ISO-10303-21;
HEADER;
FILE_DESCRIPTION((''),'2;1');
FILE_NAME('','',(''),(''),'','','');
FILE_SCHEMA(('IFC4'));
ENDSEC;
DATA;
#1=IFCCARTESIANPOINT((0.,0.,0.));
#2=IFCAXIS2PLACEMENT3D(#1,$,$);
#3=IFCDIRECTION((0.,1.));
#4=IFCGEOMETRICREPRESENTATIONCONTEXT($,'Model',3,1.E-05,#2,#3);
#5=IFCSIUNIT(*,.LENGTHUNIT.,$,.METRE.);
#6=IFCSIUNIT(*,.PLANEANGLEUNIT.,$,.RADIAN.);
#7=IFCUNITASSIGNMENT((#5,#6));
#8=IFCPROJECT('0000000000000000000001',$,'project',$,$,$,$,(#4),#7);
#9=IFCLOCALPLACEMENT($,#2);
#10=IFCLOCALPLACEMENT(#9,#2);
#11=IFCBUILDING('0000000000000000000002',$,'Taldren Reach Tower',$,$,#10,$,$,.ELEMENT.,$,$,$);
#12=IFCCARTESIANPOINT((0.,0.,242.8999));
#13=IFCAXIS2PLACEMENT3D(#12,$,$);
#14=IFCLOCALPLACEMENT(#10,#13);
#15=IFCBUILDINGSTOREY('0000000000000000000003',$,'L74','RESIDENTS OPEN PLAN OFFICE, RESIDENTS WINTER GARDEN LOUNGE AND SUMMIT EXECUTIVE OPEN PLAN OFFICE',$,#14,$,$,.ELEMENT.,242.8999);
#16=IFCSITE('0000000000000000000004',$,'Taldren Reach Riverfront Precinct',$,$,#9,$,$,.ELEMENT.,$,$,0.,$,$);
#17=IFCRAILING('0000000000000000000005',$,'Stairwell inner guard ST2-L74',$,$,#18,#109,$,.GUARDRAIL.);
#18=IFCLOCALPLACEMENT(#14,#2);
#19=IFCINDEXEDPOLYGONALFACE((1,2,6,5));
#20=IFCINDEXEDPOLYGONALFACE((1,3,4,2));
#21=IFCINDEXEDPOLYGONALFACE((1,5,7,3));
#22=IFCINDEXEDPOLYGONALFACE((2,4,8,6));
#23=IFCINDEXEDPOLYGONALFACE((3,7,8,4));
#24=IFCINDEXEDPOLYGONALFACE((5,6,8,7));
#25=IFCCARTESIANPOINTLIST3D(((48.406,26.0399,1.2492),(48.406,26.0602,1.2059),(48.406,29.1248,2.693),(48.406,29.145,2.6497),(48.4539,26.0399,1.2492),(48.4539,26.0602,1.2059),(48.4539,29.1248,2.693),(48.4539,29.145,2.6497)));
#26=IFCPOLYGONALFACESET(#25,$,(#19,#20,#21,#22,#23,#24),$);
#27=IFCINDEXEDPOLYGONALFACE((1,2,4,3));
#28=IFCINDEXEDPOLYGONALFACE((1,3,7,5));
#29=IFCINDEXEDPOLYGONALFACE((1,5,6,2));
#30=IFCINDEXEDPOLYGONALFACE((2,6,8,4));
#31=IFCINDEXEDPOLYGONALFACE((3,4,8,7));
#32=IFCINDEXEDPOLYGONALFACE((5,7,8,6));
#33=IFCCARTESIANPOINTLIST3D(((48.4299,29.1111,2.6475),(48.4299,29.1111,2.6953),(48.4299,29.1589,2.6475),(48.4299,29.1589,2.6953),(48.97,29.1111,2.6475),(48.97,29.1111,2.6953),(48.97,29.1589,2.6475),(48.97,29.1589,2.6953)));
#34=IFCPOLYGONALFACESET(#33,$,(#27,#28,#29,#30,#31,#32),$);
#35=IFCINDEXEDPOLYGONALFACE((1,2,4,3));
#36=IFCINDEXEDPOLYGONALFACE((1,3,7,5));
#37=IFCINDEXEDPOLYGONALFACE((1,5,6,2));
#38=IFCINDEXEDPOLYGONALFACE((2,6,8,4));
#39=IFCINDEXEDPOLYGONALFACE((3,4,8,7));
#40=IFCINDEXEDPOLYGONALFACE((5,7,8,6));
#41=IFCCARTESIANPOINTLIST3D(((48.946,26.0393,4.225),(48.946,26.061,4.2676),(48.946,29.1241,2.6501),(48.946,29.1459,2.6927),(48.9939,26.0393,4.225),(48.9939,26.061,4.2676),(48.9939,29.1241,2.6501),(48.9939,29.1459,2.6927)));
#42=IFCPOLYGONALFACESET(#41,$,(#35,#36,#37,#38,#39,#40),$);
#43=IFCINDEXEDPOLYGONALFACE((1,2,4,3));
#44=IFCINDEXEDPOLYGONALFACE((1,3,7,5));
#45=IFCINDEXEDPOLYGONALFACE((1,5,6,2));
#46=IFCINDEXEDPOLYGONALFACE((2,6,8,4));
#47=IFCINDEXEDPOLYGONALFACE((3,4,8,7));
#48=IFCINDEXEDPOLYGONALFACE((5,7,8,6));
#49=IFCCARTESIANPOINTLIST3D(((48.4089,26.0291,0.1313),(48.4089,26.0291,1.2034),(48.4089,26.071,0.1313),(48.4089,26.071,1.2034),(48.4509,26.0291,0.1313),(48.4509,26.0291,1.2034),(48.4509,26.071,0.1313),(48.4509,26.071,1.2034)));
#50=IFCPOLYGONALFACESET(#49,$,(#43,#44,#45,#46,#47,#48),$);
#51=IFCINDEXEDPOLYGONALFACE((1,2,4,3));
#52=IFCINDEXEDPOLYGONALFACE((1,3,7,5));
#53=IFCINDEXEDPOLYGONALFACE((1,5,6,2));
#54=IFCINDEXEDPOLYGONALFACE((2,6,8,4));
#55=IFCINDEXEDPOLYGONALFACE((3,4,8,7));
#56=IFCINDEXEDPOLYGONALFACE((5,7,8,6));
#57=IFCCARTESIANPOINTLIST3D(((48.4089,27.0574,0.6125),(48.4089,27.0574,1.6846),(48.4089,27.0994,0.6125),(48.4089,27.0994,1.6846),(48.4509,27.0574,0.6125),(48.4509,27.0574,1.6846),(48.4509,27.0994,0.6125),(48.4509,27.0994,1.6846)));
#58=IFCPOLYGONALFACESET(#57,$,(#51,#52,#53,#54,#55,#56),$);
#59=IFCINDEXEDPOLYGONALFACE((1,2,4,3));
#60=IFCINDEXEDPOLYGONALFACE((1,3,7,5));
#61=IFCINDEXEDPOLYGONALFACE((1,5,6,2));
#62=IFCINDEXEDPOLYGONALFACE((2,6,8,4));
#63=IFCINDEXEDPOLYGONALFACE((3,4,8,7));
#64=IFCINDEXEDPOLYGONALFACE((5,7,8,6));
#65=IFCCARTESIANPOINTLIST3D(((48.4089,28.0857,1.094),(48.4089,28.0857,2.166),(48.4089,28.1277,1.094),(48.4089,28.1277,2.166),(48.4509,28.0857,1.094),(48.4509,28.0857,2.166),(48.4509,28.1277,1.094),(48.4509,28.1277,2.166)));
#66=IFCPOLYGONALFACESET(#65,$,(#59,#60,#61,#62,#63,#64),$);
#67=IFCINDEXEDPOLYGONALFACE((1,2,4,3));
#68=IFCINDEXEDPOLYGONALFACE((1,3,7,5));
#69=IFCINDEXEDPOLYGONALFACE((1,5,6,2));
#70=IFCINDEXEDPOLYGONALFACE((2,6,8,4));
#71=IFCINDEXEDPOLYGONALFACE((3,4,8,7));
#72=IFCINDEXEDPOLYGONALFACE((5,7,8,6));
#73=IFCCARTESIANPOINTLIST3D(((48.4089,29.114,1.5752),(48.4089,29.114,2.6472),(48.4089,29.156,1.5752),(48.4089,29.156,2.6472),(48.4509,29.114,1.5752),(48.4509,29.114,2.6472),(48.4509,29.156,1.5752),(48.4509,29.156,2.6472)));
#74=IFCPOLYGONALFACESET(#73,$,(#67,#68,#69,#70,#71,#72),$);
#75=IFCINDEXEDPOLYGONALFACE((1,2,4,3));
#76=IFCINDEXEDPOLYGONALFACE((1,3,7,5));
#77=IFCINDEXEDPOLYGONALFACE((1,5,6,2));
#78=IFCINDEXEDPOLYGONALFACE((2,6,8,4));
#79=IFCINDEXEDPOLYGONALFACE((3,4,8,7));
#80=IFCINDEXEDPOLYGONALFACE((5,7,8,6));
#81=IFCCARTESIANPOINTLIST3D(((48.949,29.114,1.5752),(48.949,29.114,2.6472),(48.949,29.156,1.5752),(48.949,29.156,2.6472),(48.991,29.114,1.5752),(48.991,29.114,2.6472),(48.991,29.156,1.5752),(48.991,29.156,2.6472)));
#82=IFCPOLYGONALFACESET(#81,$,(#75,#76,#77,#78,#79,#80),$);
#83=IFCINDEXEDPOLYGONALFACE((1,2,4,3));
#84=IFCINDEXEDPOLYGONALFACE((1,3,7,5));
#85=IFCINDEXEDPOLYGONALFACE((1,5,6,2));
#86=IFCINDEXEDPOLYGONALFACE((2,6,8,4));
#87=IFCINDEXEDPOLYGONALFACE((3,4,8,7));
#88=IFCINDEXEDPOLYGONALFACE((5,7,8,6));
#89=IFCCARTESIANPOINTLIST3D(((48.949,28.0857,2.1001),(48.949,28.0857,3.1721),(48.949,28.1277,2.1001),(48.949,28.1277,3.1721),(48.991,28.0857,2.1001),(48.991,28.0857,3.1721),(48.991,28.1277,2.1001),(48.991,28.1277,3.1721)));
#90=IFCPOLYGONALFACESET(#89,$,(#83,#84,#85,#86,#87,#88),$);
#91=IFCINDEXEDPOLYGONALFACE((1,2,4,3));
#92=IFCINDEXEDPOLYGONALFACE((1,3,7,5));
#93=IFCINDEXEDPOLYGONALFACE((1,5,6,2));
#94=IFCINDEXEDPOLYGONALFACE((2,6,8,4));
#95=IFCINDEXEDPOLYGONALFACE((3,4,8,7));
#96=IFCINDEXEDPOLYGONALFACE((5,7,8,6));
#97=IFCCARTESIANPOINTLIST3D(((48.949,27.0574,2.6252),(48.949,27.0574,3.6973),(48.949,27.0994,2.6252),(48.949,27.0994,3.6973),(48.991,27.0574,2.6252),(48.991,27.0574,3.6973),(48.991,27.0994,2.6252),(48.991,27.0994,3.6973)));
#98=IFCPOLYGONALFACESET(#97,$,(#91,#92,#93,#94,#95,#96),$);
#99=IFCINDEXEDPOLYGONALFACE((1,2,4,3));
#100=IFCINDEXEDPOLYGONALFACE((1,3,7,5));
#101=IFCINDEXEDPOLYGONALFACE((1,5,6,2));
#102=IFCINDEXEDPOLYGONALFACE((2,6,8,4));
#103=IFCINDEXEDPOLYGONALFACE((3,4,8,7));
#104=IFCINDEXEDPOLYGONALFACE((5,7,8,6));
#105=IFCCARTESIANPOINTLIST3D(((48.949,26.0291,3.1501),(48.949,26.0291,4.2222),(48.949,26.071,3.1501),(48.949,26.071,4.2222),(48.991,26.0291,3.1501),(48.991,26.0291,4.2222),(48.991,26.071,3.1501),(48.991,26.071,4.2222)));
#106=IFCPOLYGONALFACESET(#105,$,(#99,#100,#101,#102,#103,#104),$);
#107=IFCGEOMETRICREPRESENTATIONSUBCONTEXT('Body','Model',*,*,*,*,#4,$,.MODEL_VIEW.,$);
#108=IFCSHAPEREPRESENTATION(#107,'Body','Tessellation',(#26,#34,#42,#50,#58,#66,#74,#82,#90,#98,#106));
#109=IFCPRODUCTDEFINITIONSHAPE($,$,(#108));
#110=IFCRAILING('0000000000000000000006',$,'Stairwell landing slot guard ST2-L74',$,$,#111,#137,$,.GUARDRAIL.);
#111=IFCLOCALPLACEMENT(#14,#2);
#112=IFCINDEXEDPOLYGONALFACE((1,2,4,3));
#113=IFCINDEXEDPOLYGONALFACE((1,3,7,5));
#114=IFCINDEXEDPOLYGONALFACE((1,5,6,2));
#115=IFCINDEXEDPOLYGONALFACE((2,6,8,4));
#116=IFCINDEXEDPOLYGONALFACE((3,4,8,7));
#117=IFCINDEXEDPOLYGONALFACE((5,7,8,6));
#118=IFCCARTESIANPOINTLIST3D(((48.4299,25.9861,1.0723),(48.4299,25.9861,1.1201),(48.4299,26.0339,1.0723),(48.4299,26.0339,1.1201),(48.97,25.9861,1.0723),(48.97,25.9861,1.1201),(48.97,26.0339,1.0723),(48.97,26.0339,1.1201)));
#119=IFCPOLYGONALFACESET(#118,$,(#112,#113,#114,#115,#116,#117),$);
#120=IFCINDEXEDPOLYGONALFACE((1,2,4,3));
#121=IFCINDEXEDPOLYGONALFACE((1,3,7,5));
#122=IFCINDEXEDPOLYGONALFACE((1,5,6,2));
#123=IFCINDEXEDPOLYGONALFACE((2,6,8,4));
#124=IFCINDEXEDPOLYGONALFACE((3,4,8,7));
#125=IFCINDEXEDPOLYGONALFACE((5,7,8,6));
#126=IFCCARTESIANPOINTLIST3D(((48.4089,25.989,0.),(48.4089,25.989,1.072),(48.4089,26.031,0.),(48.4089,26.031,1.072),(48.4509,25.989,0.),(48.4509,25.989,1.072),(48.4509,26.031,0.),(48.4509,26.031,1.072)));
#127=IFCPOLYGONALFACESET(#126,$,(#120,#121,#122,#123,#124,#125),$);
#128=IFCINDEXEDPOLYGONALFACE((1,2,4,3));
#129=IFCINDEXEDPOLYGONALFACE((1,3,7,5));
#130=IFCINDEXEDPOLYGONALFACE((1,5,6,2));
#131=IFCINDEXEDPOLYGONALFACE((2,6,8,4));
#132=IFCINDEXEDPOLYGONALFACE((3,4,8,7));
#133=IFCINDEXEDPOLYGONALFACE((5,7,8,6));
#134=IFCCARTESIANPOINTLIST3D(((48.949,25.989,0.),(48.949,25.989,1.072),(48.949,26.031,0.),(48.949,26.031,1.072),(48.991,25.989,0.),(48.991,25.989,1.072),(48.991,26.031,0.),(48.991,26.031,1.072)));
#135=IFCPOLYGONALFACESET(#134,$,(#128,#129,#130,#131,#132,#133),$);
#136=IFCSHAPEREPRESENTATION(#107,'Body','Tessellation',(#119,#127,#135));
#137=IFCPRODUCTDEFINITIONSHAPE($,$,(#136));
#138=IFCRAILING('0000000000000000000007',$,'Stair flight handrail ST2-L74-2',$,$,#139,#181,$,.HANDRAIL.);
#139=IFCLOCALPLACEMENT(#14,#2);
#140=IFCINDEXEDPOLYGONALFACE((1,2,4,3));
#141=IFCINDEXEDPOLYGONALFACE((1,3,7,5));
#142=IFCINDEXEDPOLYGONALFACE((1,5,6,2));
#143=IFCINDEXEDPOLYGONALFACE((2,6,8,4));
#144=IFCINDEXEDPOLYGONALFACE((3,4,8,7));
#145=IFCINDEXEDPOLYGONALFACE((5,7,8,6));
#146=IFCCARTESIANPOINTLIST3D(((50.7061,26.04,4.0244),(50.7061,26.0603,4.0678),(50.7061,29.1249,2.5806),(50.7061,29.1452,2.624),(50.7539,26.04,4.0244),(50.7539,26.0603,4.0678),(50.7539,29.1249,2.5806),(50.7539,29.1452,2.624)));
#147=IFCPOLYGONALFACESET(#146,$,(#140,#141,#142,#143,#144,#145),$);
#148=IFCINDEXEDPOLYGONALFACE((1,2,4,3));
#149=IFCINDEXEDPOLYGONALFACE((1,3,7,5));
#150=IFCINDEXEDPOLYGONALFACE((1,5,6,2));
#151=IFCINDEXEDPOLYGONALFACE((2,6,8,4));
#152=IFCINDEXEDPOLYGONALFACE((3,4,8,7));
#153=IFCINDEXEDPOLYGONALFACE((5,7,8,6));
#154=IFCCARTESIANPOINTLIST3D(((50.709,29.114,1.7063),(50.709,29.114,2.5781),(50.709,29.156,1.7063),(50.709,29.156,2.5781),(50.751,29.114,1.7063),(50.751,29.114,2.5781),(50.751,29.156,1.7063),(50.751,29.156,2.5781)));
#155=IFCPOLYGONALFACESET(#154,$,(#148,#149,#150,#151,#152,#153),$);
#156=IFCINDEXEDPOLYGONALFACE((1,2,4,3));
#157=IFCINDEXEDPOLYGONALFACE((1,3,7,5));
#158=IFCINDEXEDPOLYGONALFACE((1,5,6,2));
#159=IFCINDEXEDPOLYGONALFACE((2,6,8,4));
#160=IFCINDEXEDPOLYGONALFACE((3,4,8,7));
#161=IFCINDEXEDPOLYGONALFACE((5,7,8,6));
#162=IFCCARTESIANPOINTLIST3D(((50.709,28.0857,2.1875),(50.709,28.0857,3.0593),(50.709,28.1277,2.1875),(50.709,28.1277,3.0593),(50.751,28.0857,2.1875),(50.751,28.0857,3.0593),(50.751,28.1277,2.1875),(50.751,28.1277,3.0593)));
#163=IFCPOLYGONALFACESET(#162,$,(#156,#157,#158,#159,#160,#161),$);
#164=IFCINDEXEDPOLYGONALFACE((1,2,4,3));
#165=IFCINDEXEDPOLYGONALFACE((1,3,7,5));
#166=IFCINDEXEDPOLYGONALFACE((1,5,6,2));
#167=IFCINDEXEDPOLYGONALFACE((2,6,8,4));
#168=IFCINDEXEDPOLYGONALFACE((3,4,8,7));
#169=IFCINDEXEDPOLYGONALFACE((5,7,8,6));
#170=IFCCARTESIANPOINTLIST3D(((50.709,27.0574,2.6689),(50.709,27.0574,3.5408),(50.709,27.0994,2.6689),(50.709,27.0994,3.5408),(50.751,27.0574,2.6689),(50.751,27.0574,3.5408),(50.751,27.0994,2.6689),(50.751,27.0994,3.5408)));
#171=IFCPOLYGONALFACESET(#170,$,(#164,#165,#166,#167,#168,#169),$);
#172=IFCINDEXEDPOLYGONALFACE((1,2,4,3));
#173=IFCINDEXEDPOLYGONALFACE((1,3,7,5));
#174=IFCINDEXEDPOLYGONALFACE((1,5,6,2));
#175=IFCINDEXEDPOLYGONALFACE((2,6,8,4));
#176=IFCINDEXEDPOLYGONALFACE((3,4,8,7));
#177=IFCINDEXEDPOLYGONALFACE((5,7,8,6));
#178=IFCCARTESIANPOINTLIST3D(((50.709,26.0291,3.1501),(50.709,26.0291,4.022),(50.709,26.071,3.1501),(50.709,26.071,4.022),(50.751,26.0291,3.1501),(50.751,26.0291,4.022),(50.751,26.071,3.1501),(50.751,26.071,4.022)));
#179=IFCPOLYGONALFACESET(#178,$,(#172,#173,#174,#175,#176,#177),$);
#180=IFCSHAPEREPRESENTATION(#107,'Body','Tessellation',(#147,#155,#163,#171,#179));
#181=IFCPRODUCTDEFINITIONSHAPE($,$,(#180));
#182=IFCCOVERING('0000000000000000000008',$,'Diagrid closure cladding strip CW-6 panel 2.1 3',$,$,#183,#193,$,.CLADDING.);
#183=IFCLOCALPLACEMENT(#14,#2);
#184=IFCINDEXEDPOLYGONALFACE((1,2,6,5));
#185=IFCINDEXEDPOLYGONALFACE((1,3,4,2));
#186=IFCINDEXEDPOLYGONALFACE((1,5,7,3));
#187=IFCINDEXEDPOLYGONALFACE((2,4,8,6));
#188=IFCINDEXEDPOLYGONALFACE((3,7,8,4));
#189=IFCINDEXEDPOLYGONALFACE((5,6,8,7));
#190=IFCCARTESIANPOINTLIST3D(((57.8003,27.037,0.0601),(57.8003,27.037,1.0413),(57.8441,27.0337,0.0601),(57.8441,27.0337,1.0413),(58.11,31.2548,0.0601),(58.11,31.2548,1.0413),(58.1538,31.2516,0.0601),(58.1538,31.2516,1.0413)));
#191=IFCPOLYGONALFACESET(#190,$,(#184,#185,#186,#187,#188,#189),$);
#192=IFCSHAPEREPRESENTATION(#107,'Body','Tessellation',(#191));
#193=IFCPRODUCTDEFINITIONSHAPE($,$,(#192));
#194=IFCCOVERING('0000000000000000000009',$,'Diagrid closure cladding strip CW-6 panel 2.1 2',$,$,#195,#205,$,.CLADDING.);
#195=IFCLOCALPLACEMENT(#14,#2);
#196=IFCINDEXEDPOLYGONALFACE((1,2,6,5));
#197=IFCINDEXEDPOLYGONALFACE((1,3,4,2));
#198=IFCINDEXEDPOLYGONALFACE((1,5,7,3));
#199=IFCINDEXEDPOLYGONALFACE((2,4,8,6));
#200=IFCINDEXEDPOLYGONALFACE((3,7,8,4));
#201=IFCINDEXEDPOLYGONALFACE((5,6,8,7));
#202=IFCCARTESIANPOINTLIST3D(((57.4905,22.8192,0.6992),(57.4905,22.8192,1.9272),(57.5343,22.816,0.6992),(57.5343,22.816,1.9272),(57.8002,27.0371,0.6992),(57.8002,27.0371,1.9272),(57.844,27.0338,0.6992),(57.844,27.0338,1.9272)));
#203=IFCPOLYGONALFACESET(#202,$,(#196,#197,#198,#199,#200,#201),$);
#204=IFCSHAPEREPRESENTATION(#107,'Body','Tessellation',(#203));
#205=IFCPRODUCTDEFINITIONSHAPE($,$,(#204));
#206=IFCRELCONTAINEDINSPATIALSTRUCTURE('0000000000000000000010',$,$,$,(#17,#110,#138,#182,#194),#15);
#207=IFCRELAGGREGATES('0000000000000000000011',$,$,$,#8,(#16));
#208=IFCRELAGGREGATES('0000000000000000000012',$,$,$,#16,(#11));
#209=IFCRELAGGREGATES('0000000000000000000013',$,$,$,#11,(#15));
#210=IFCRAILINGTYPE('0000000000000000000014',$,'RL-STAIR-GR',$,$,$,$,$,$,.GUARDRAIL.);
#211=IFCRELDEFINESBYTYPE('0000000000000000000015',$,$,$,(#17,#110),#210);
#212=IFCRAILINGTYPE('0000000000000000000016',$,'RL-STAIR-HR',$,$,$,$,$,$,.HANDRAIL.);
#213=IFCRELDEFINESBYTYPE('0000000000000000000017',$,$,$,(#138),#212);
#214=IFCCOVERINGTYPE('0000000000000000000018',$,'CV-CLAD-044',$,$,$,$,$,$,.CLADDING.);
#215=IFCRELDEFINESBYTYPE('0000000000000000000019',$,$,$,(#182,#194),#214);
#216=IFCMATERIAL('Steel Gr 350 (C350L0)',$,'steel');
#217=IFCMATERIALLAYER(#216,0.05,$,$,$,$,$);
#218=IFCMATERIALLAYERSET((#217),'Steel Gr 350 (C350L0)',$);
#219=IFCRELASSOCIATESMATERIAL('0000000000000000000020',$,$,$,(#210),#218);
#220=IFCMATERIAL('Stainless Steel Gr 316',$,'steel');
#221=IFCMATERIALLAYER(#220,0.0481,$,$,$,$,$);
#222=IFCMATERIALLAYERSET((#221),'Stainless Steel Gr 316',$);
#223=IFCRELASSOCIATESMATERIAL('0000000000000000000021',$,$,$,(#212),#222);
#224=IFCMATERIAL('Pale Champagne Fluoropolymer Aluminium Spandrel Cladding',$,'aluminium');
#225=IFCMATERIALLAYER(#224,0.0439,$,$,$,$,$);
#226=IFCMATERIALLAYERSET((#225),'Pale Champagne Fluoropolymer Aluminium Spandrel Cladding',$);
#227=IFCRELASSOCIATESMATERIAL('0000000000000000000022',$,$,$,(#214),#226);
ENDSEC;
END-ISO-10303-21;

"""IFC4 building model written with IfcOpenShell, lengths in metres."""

from ifc_helpers import new_model, si_unit, direction, frame, origin, origin_2d, place, context, subcontext, project, spatial, rectangle, extrude, source, transform, mapped, material, layer, layer_set, type_object, element, save


model = new_model("IFC4")

# Units and contexts
model_context = context("Model", 3, precision=1e-05, world=origin(), true_north=direction((0.0, 1.0)))
body_context = subcontext(model_context, "Body", "Model", "MODEL_VIEW")
ifc_project = project(units=[si_unit("LENGTHUNIT", "METRE"), si_unit("PLANEANGLEUNIT", "RADIAN")], contexts=[model_context])

# Site, building, storey
site_placement = place(None, origin())
site = spatial("IfcSite", under=ifc_project, at=site_placement, Name="Taldren Reach Riverfront Precinct", CompositionType="ELEMENT", RefElevation=0.0)
building_placement = place(site_placement, origin())
building = spatial("IfcBuilding", under=site, at=building_placement, Name="Taldren Reach Tower", CompositionType="ELEMENT")
storey_placement = place(building_placement, frame((0.0, 0.0, 242.8999)))
storey = spatial("IfcBuildingStorey", under=building, at=storey_placement, Name="L74", Description="RESIDENTS OPEN PLAN OFFICE, RESIDENTS WINTER GARDEN LOUNGE AND SUMMIT EXECUTIVE OPEN PLAN OFFICE", CompositionType="ELEMENT", Elevation=242.8999)

# Shared definitions
ifc_material_1 = material(Name="Steel Gr 350 (C350L0)", Category="steel")

# Railings
ifc_layer_1 = layer(ifc_material_1, 0.05)
ifc_layer_set_1 = layer_set([ifc_layer_1], Name="Steel Gr 350 (C350L0)")
railing_type_1 = type_object("IfcRailingType", Name="RL-STAIR-GR", PredefinedType="GUARDRAIL", material=ifc_layer_set_1)
railing_1_placement = place(storey_placement, frame((48.4299, 26.05, 0.1313)))
element("IfcRailing", 1, at=railing_1_placement, inside=storey, type_object=railing_type_1, Name="Stairwell inner guard ST2-L74", PredefinedType="GUARDRAIL", context=body_context, shape_type="SweptSolid", body=[
    extrude(rectangle(XDim=0.0479, YDim=0.0479, at=origin_2d()), frame((0.0, 0.0, 1.0962), z_axis=(0.0, 0.90571, 0.423898), x_axis=(-1.0, 0.0, 0.0)), (0.0, 0.0, 1.0), 3.406),
    extrude(rectangle(XDim=0.0479, YDim=0.0479, at=origin_2d()), frame((0.0, 3.085, 2.54), z_axis=(1.0, 0.0, 0.0), x_axis=(0.0, 1.0, 0.0)), (0.0, 0.0, 1.0), 0.54),
    extrude(rectangle(XDim=0.0479, YDim=0.0479, at=origin_2d()), frame((0.54, 3.085, 2.54), z_axis=(0.0, -0.890646, 0.454697), x_axis=(1.0, 0.0, 0.0)), (0.0, 0.0, 1.0), 3.4636),
    extrude(rectangle(XDim=0.042, YDim=0.042, at=origin_2d()), origin(), (0.0, 0.0, 1.0), 1.072),
    extrude(rectangle(XDim=0.042, YDim=0.042, at=origin_2d()), frame((0.0, 1.0283, 0.4812)), (0.0, 0.0, 1.0), 1.072),
    extrude(rectangle(XDim=0.042, YDim=0.042, at=origin_2d()), frame((0.0, 2.0566, 0.9626)), (0.0, 0.0, 1.0), 1.072),
    extrude(rectangle(XDim=0.042, YDim=0.042, at=origin_2d()), frame((0.0, 3.085, 1.4438)), (0.0, 0.0, 1.0), 1.072),
    extrude(rectangle(XDim=0.042, YDim=0.042, at=origin_2d()), frame((0.54, 3.085, 1.4438)), (0.0, 0.0, 1.0), 1.072),
    extrude(rectangle(XDim=0.042, YDim=0.042, at=origin_2d()), frame((0.54, 2.0566, 1.9688)), (0.0, 0.0, 1.0), 1.072),
    extrude(rectangle(XDim=0.042, YDim=0.042, at=origin_2d()), frame((0.54, 1.0283, 2.4939)), (0.0, 0.0, 1.0), 1.072),
    extrude(rectangle(XDim=0.042, YDim=0.042, at=origin_2d()), frame((0.54, 0.0, 3.0188)), (0.0, 0.0, 1.0), 1.072),
])
railing_2_placement = place(storey_placement, frame((48.4299, 26.01, 0.0)))
element("IfcRailing", 2, at=railing_2_placement, inside=storey, type_object=railing_type_1, Name="Stairwell landing slot guard ST2-L74", PredefinedType="GUARDRAIL", context=body_context, shape_type="SweptSolid", body=[
    extrude(rectangle(XDim=0.0479, YDim=0.0479, at=origin_2d()), frame((0.0, 0.0, 1.0962), z_axis=(1.0, 0.0, 0.0), x_axis=(0.0, 1.0, 0.0)), (0.0, 0.0, 1.0), 0.54),
    extrude(rectangle(XDim=0.042, YDim=0.042, at=origin_2d()), origin(), (0.0, 0.0, 1.0), 1.072),
    extrude(rectangle(XDim=0.042, YDim=0.042, at=origin_2d()), frame((0.54, 0.0, 0.0)), (0.0, 0.0, 1.0), 1.072),
])
ifc_material_2 = material(Name="Stainless Steel Gr 316", Category="steel")
ifc_layer_2 = layer(ifc_material_2, 0.0481)
ifc_layer_set_2 = layer_set([ifc_layer_2], Name="Stainless Steel Gr 316")
railing_type_2 = type_object("IfcRailingType", Name="RL-STAIR-HR", PredefinedType="HANDRAIL", material=ifc_layer_set_2)
railing_3_placement = place(storey_placement, frame((50.73, 29.135, 1.7063)))
element("IfcRailing", 3, at=railing_3_placement, inside=storey, type_object=railing_type_2, Name="Stair flight handrail ST2-L74-2", PredefinedType="HANDRAIL", context=body_context, shape_type="SweptSolid", body=[
    extrude(rectangle(XDim=0.0479, YDim=0.0479, at=origin_2d()), frame((0.0, 0.0, 0.896), z_axis=(0.0, -0.90571, 0.423898), x_axis=(1.0, 0.0, 0.0)), (0.0, 0.0, 1.0), 3.406),
    extrude(rectangle(XDim=0.042, YDim=0.042, at=origin_2d()), origin(), (0.0, 0.0, 1.0), 0.8718),
    extrude(rectangle(XDim=0.042, YDim=0.042, at=origin_2d()), frame((0.0, -1.0283, 0.4812)), (0.0, 0.0, 1.0), 0.8718),
    extrude(rectangle(XDim=0.042, YDim=0.042, at=origin_2d()), frame((0.0, -2.0566, 0.9626)), (0.0, 0.0, 1.0), 0.8718),
    extrude(rectangle(XDim=0.042, YDim=0.042, at=origin_2d()), frame((0.0, -3.085, 1.4438)), (0.0, 0.0, 1.0), 0.8718),
])

# Coverings
ifc_material_3 = material(Name="Pale Champagne Fluoropolymer Aluminium Spandrel Cladding", Category="aluminium")
ifc_layer_3 = layer(ifc_material_3, 0.0439)
ifc_layer_set_3 = layer_set([ifc_layer_3], Name="Pale Champagne Fluoropolymer Aluminium Spandrel Cladding")
covering_type = type_object("IfcCoveringType", Name="CV-CLAD-044", PredefinedType="CLADDING", material=ifc_layer_set_3)
shared_shape_1 = source(origin(), body_context, "Body", "SweptSolid", [
    extrude(rectangle(XDim=4.2292, YDim=0.0439, at=origin_2d()), origin(), (0.0, 0.0, 1.0), 0.9812),
])
covering_1_placement = place(storey_placement, frame((57.9771, 29.1443, 0.0601), z_axis=(0.0, 0.0, 1.0), x_axis=(0.073238, 0.997314, 0.0)))
element("IfcCovering", 4, at=covering_1_placement, inside=storey, type_object=covering_type, Name="Diagrid closure cladding strip CW-6 panel 2.1 3", PredefinedType="CLADDING", context=body_context, shape_type="MappedRepresentation", body=[
    mapped(shared_shape_1, transform((0.0, 0.0, 0.0), scale=1.0)),
])
shared_shape_2 = source(origin(), body_context, "Body", "SweptSolid", [
    extrude(rectangle(XDim=4.2292, YDim=0.0439, at=origin_2d()), origin(), (0.0, 0.0, 1.0), 1.228),
])
covering_2_placement = place(storey_placement, frame((57.6672, 24.9265, 0.6992), z_axis=(0.0, 0.0, 1.0), x_axis=(0.073238, 0.997314, 0.0)))
element("IfcCovering", 5, at=covering_2_placement, inside=storey, type_object=covering_type, Name="Diagrid closure cladding strip CW-6 panel 2.1 2", PredefinedType="CLADDING", context=body_context, shape_type="MappedRepresentation", body=[
    mapped(shared_shape_2, transform((0.0, 0.0, 0.0), scale=1.0)),
])

save(model, "model.ifc")
